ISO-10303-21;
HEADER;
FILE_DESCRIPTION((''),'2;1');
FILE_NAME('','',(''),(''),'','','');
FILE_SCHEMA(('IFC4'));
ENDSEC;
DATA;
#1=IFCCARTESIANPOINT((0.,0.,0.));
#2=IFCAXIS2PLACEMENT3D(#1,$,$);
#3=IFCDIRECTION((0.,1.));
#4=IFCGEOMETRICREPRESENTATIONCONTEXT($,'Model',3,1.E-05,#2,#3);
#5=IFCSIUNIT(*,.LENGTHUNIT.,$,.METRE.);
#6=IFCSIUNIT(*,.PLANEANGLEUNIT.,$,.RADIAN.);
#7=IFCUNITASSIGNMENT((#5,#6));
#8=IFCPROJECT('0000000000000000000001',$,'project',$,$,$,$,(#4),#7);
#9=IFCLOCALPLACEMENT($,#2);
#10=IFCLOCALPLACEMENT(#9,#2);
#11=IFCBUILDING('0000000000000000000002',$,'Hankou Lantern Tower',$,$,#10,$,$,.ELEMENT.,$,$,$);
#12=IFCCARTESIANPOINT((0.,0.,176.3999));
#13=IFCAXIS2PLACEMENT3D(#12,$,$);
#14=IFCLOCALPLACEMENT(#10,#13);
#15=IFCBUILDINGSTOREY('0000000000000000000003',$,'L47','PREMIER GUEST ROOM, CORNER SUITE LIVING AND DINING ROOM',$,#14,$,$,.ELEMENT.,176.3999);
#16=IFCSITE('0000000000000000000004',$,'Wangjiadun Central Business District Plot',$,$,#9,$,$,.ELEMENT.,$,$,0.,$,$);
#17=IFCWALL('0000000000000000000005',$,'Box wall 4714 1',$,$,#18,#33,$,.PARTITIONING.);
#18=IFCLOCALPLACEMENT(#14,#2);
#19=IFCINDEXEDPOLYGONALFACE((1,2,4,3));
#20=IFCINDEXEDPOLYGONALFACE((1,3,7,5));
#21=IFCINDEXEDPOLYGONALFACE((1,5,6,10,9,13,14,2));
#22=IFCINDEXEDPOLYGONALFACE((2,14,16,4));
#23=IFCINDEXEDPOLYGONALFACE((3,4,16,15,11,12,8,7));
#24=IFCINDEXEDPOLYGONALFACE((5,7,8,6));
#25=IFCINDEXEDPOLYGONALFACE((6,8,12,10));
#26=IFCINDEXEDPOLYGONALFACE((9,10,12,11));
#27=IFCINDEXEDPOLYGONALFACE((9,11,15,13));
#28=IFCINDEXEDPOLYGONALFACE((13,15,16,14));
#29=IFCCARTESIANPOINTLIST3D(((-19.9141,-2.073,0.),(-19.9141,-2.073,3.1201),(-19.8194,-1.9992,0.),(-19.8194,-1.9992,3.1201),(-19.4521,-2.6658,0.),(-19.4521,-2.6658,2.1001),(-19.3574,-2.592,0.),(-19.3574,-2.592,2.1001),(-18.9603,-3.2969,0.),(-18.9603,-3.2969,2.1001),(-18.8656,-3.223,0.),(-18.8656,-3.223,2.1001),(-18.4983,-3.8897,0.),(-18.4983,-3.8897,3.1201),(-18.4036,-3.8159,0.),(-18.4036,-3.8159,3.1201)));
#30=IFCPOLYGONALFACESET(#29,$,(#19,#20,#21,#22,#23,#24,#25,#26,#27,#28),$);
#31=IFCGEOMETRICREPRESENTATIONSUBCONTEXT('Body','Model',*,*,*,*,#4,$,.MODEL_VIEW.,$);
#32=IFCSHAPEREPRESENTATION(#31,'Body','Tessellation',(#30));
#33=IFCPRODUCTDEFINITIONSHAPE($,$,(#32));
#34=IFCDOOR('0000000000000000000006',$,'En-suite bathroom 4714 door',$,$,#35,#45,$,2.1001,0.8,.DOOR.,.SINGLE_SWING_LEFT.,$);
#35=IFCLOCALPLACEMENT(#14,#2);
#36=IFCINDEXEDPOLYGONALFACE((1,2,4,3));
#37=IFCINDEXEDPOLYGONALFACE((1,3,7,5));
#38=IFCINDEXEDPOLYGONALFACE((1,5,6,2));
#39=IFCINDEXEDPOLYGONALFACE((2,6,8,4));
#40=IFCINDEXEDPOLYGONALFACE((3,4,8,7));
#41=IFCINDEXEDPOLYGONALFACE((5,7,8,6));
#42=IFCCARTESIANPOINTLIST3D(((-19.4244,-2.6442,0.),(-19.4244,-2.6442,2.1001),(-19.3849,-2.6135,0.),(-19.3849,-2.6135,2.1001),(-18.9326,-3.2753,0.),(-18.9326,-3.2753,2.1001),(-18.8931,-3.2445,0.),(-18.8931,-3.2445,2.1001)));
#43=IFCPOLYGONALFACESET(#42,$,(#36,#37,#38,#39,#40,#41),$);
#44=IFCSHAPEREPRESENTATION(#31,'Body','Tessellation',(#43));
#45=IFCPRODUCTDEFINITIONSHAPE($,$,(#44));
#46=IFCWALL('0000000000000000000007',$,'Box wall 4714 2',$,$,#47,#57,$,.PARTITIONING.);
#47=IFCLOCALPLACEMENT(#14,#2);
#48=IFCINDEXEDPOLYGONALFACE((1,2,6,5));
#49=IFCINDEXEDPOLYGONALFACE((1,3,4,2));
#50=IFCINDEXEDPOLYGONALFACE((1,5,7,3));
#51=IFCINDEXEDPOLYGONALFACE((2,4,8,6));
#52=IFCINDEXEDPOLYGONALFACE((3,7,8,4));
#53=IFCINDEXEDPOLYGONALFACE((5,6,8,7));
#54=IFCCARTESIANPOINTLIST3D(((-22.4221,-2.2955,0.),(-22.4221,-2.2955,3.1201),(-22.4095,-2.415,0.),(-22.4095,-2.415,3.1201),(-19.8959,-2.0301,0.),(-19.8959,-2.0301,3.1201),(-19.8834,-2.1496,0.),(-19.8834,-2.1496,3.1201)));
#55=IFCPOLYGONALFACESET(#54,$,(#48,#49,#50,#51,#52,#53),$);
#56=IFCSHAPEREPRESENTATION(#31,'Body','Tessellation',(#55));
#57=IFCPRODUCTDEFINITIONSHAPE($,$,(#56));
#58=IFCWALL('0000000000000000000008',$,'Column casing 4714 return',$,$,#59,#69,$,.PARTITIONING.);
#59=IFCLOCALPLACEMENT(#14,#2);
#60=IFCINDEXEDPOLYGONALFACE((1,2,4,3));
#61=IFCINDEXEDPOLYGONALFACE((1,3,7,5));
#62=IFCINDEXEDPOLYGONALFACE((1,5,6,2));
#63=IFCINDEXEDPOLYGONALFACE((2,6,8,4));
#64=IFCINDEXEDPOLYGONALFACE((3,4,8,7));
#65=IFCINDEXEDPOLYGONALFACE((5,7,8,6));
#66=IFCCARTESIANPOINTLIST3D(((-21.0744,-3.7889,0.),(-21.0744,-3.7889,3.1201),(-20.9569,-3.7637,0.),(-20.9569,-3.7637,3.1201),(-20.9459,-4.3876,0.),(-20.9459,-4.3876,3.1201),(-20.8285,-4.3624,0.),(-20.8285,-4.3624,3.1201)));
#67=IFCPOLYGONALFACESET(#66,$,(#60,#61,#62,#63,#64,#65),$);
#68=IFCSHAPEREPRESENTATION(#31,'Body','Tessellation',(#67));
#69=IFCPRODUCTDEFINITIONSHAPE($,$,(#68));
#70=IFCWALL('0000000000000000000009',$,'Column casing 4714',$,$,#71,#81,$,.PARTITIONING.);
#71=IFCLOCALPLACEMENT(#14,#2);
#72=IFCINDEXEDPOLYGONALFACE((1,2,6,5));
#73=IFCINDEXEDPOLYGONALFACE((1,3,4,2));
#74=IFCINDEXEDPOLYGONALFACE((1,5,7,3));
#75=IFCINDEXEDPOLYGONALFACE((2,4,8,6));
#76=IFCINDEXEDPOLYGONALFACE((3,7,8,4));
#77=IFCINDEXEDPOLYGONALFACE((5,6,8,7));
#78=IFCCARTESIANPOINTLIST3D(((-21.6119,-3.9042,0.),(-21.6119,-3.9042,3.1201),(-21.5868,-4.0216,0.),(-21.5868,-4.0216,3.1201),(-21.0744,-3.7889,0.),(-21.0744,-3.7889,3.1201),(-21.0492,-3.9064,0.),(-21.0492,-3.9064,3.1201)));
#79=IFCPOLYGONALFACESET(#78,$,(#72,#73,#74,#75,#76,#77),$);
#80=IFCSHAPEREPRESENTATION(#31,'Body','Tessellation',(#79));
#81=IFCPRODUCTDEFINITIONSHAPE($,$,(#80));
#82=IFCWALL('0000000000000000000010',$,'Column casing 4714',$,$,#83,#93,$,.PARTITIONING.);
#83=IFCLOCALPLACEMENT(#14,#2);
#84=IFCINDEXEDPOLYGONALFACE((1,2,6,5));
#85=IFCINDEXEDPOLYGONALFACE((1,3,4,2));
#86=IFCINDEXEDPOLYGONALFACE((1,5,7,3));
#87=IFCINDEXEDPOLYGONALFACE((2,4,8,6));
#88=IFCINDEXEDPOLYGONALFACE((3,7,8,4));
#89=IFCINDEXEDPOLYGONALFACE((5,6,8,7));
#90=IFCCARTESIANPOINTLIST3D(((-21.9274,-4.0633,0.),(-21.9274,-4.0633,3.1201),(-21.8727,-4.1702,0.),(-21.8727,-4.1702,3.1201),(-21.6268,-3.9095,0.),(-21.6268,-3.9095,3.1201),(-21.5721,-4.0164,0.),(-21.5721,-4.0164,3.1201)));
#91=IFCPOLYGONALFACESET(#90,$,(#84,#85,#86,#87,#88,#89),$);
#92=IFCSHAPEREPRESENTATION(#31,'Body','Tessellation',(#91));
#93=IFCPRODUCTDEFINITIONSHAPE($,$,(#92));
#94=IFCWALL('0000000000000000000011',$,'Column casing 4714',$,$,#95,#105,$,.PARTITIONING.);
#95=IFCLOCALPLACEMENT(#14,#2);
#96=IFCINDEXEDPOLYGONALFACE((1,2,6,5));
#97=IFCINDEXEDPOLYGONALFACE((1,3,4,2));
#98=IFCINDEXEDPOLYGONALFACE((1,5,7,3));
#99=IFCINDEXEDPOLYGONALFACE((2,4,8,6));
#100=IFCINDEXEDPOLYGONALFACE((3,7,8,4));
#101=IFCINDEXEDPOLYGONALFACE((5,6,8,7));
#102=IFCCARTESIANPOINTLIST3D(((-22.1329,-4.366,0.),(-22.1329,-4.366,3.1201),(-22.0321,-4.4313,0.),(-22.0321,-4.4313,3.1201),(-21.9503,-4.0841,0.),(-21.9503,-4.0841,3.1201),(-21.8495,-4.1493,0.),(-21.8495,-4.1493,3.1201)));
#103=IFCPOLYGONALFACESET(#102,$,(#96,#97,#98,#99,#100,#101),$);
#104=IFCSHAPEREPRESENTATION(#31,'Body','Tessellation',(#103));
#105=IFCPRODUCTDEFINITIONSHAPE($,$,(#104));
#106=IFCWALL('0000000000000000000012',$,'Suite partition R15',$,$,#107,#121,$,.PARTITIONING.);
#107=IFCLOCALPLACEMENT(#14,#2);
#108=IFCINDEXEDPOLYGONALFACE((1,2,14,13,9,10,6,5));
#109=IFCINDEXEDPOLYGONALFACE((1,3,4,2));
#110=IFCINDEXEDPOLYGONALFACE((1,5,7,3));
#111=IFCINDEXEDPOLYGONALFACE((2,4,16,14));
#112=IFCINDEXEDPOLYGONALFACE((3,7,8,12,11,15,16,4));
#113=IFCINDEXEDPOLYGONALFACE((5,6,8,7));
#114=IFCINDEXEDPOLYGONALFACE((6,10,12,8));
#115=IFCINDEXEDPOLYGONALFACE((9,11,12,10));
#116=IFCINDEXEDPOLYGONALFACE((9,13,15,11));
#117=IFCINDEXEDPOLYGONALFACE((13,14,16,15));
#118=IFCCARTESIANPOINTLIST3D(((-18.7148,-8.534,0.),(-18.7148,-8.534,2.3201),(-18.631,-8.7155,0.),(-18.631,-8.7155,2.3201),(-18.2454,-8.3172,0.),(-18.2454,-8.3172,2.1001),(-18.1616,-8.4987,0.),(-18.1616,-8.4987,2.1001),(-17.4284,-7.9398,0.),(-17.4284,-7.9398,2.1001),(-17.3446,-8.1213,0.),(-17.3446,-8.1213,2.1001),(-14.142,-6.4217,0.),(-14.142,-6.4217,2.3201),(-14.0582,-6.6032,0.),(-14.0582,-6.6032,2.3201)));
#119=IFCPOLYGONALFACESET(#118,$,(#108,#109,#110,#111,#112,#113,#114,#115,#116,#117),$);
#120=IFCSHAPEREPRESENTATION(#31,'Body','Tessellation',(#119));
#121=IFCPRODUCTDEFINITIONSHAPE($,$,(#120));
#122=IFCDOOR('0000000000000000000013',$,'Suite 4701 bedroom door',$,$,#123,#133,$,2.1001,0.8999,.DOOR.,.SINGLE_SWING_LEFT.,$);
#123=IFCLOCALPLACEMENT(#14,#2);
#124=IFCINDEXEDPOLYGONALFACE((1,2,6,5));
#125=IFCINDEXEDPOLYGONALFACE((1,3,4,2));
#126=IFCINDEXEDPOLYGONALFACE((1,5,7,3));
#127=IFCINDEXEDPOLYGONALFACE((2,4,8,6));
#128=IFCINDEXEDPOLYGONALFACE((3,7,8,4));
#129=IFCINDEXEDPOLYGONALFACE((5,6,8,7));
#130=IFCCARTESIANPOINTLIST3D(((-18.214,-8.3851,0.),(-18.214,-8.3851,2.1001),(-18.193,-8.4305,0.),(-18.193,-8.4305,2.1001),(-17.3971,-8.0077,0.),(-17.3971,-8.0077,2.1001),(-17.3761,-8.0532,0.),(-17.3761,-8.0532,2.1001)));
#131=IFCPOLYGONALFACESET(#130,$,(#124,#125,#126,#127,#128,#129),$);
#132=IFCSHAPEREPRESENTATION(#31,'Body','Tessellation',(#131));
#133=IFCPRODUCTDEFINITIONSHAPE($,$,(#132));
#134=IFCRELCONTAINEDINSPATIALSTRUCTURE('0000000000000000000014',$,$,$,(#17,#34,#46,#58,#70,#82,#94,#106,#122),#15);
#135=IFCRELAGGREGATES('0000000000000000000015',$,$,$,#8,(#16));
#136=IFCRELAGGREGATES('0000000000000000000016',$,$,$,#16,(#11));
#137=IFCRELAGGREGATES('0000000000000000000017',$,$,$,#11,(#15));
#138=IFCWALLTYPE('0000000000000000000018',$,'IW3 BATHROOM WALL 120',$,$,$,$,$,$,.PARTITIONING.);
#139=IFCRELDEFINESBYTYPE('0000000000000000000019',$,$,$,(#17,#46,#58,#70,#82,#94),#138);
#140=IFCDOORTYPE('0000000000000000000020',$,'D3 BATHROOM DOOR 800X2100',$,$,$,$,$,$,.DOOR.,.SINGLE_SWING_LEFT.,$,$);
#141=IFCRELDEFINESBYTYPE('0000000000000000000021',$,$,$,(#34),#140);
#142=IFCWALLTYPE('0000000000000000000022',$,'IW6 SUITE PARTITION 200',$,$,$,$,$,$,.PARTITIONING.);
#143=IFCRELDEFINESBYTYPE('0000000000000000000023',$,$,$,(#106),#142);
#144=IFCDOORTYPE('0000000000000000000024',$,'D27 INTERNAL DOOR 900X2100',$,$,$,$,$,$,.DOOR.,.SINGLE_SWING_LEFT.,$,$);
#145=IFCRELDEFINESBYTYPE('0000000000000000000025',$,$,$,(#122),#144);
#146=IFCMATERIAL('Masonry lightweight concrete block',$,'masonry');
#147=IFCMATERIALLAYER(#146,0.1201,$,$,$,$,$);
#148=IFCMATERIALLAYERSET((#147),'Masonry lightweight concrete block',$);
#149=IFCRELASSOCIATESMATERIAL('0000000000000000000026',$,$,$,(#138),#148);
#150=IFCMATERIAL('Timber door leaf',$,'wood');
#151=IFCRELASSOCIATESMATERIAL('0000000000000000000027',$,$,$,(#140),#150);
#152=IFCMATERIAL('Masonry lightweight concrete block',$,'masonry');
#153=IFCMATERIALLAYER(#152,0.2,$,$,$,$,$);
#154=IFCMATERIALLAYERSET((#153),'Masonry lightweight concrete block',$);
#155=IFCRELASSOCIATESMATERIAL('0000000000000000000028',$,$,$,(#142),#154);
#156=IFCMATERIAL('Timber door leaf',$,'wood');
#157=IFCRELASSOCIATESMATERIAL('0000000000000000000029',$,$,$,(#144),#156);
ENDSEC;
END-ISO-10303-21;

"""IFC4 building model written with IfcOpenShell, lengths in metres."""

from ifc_helpers import new_model, si_unit, direction, frame, frame_2d, origin, place, context, subcontext, project, spatial, rectangle, extrude, material, layer, layer_set, type_object, element, fill, save


model = new_model("IFC4")

# Units and contexts
model_context = context("Model", 3, precision=1e-05, world=origin(), true_north=direction((0.0, 1.0)))
body_context = subcontext(model_context, "Body", "Model", "MODEL_VIEW")
ifc_project = project(units=[si_unit("LENGTHUNIT", "METRE"), si_unit("PLANEANGLEUNIT", "RADIAN")], contexts=[model_context])

# Site, building, storey
site_placement = place(None, origin())
site = spatial("IfcSite", under=ifc_project, at=site_placement, Name="Wangjiadun Central Business District Plot", CompositionType="ELEMENT", RefElevation=0.0)
building_placement = place(site_placement, origin())
building = spatial("IfcBuilding", under=site, at=building_placement, Name="Hankou Lantern Tower", CompositionType="ELEMENT")
storey_placement = place(building_placement, frame((0.0, 0.0, 176.3999)))
storey = spatial("IfcBuildingStorey", under=building, at=storey_placement, Name="L47", Description="PREMIER GUEST ROOM, CORNER SUITE LIVING AND DINING ROOM", CompositionType="ELEMENT", Elevation=176.3999)

# Shared definitions
ifc_material_1 = material(Name="Masonry lightweight concrete block", Category="masonry")
ifc_layer_1 = layer(ifc_material_1, 0.1201)
ifc_layer_set_1 = layer_set([ifc_layer_1], Name="Masonry lightweight concrete block")
wall_type_1 = type_object("IfcWallType", Name="IW3 BATHROOM WALL 120", PredefinedType="PARTITIONING", material=ifc_layer_set_1)

# Shared definitions
ifc_material_2 = material(Name="Timber door leaf", Category="wood")
door_type_1 = type_object("IfcDoorType", Name="D3 BATHROOM DOOR 800X2100", OperationType="SINGLE_SWING_LEFT", PredefinedType="DOOR", material=ifc_material_2)

# Wall, opening, door
wall_1_placement = place(storey_placement, frame((-18.4509, -3.8528, 0.0), z_axis=(0.0, 0.0, 1.0), x_axis=(-0.614704, 0.788758, 0.0)))
wall_1 = element("IfcWall", 1, at=wall_1_placement, inside=storey, type_object=wall_type_1, Name="Box wall 4714 1", PredefinedType="PARTITIONING", context=body_context, shape_type="SweptSolid", body=[
    extrude(rectangle(XDim=2.3032, YDim=0.1201, at=frame_2d((1.1516, 0.0))), origin(), (0.0, 0.0, 1.0), 3.1201),
])
opening_1_placement = place(wall_1_placement, frame((0.7517, 0.0, 0.0)))
opening_1 = element("IfcOpeningElement", 2, at=opening_1_placement, cuts=wall_1, PredefinedType="OPENING", context=body_context, shape_type="SweptSolid", body=[
    extrude(rectangle(XDim=0.8, YDim=2.1001, at=frame_2d((0.3999, 1.05))), frame((0.0, 0.0701, 0.0), z_axis=(0.0, -1.0, 0.0), x_axis=(1.0, 0.0, 0.0)), (0.0, 0.0, 1.0), 0.1401),
])
door_1_placement = place(opening_1_placement, origin())
door_1 = element("IfcDoor", 3, at=door_1_placement, inside=storey, type_object=door_type_1, Name="En-suite bathroom 4714 door", OperationType="SINGLE_SWING_LEFT", OverallHeight=2.1001, OverallWidth=0.8, PredefinedType="DOOR", context=body_context, shape_type="SweptSolid", body=[
    extrude(rectangle(XDim=0.8, YDim=2.1001, at=frame_2d((0.3999, 1.05))), frame((0.0, 0.0249, 0.0), z_axis=(0.0, -1.0, 0.0), x_axis=(1.0, 0.0, 0.0)), (0.0, 0.0, 1.0), 0.05),
])
fill(opening_1, door_1)

# Walls
wall_2_placement = place(storey_placement, frame((-19.8896, -2.0898, 0.0), z_axis=(0.0, 0.0, 1.0), x_axis=(-0.994527, -0.10448, 0.0)))
element("IfcWall", 4, at=wall_2_placement, inside=storey, type_object=wall_type_1, Name="Box wall 4714 2", PredefinedType="PARTITIONING", context=body_context, shape_type="SweptSolid", body=[
    extrude(rectangle(XDim=2.54, YDim=0.1201, at=frame_2d((1.27, 0.0))), origin(), (0.0, 0.0, 1.0), 3.1201),
])
wall_3_placement = place(storey_placement, frame((-20.8872, -4.375, 0.0), z_axis=(0.0, 0.0, 1.0), x_axis=(-0.209747, 0.977756, 0.0)))
element("IfcWall", 5, at=wall_3_placement, inside=storey, type_object=wall_type_1, Name="Column casing 4714 return", PredefinedType="PARTITIONING", context=body_context, shape_type="SweptSolid", body=[
    extrude(rectangle(XDim=0.6123, YDim=0.1201, at=frame_2d((0.3062, 0.0))), origin(), (0.0, 0.0, 1.0), 3.1201),
])
wall_4_placement = place(storey_placement, frame((-21.0618, -3.8477, 0.0), z_axis=(0.0, 0.0, 1.0), x_axis=(-0.977789, -0.20959, 0.0)))
element("IfcWall", 6, at=wall_4_placement, inside=storey, type_object=wall_type_1, Name="Column casing 4714", PredefinedType="PARTITIONING", context=body_context, shape_type="SweptSolid", body=[
    extrude(rectangle(XDim=0.5498, YDim=0.1201, at=frame_2d((0.2749, 0.0))), origin(), (0.0, 0.0, 1.0), 3.1201),
])
wall_5_placement = place(storey_placement, frame((-21.5994, -3.9629, 0.0), z_axis=(0.0, 0.0, 1.0), x_axis=(-0.890194, -0.455582, 0.0)))
element("IfcWall", 7, at=wall_5_placement, inside=storey, type_object=wall_type_1, Name="Column casing 4714", PredefinedType="PARTITIONING", context=body_context, shape_type="SweptSolid", body=[
    extrude(rectangle(XDim=0.3376, YDim=0.1201, at=frame_2d((0.1689, 0.0))), origin(), (0.0, 0.0, 1.0), 3.1201),
])
wall_6_placement = place(storey_placement, frame((-21.8999, -4.1167, 0.0), z_axis=(0.0, 0.0, 1.0), x_axis=(-0.543583, -0.839356, 0.0)))
element("IfcWall", 8, at=wall_6_placement, inside=storey, type_object=wall_type_1, Name="Column casing 4714", PredefinedType="PARTITIONING", context=body_context, shape_type="SweptSolid", body=[
    extrude(rectangle(XDim=0.3359, YDim=0.1201, at=frame_2d((0.168, 0.0))), origin(), (0.0, 0.0, 1.0), 3.1201),
])

# Wall, opening, door
ifc_material_3 = material(Name="Masonry lightweight concrete block", Category="masonry")
ifc_layer_2 = layer(ifc_material_3, 0.2)
ifc_layer_set_2 = layer_set([ifc_layer_2], Name="Masonry lightweight concrete block")
wall_type_2 = type_object("IfcWallType", Name="IW6 SUITE PARTITION 200", PredefinedType="PARTITIONING", material=ifc_layer_set_2)
wall_7_placement = place(storey_placement, frame((-14.1001, -6.5125, 0.0), z_axis=(0.0, 0.0, 1.0), x_axis=(-0.907823, -0.419353, 0.0)))
wall_7 = element("IfcWall", 9, at=wall_7_placement, inside=storey, type_object=wall_type_2, Name="Suite partition R15", PredefinedType="PARTITIONING", context=body_context, shape_type="SweptSolid", body=[
    extrude(rectangle(XDim=5.0371, YDim=0.2, at=frame_2d((2.5186, 0.0))), origin(), (0.0, 0.0, 1.0), 2.3201),
])
opening_2_placement = place(wall_7_placement, frame((3.6201, 0.0, 0.0)))
opening_2 = element("IfcOpeningElement", 10, at=opening_2_placement, cuts=wall_7, PredefinedType="OPENING", context=body_context, shape_type="SweptSolid", body=[
    extrude(rectangle(XDim=0.8999, YDim=2.1001, at=frame_2d((0.45, 1.05))), frame((0.0, 0.1099, 0.0), z_axis=(0.0, -1.0, 0.0), x_axis=(1.0, 0.0, 0.0)), (0.0, 0.0, 1.0), 0.22),
])
ifc_material_4 = material(Name="Timber door leaf", Category="wood")
door_type_2 = type_object("IfcDoorType", Name="D27 INTERNAL DOOR 900X2100", OperationType="SINGLE_SWING_LEFT", PredefinedType="DOOR", material=ifc_material_4)
door_2_placement = place(opening_2_placement, origin())
door_2 = element("IfcDoor", 11, at=door_2_placement, inside=storey, type_object=door_type_2, Name="Suite 4701 bedroom door", OperationType="SINGLE_SWING_LEFT", OverallHeight=2.1001, OverallWidth=0.8999, PredefinedType="DOOR", context=body_context, shape_type="SweptSolid", body=[
    extrude(rectangle(XDim=0.8999, YDim=2.1001, at=frame_2d((0.45, 1.05))), frame((0.0, 0.0249, 0.0), z_axis=(0.0, -1.0, 0.0), x_axis=(1.0, 0.0, 0.0)), (0.0, 0.0, 1.0), 0.05),
])
fill(opening_2, door_2)

save(model, "model.ifc")
